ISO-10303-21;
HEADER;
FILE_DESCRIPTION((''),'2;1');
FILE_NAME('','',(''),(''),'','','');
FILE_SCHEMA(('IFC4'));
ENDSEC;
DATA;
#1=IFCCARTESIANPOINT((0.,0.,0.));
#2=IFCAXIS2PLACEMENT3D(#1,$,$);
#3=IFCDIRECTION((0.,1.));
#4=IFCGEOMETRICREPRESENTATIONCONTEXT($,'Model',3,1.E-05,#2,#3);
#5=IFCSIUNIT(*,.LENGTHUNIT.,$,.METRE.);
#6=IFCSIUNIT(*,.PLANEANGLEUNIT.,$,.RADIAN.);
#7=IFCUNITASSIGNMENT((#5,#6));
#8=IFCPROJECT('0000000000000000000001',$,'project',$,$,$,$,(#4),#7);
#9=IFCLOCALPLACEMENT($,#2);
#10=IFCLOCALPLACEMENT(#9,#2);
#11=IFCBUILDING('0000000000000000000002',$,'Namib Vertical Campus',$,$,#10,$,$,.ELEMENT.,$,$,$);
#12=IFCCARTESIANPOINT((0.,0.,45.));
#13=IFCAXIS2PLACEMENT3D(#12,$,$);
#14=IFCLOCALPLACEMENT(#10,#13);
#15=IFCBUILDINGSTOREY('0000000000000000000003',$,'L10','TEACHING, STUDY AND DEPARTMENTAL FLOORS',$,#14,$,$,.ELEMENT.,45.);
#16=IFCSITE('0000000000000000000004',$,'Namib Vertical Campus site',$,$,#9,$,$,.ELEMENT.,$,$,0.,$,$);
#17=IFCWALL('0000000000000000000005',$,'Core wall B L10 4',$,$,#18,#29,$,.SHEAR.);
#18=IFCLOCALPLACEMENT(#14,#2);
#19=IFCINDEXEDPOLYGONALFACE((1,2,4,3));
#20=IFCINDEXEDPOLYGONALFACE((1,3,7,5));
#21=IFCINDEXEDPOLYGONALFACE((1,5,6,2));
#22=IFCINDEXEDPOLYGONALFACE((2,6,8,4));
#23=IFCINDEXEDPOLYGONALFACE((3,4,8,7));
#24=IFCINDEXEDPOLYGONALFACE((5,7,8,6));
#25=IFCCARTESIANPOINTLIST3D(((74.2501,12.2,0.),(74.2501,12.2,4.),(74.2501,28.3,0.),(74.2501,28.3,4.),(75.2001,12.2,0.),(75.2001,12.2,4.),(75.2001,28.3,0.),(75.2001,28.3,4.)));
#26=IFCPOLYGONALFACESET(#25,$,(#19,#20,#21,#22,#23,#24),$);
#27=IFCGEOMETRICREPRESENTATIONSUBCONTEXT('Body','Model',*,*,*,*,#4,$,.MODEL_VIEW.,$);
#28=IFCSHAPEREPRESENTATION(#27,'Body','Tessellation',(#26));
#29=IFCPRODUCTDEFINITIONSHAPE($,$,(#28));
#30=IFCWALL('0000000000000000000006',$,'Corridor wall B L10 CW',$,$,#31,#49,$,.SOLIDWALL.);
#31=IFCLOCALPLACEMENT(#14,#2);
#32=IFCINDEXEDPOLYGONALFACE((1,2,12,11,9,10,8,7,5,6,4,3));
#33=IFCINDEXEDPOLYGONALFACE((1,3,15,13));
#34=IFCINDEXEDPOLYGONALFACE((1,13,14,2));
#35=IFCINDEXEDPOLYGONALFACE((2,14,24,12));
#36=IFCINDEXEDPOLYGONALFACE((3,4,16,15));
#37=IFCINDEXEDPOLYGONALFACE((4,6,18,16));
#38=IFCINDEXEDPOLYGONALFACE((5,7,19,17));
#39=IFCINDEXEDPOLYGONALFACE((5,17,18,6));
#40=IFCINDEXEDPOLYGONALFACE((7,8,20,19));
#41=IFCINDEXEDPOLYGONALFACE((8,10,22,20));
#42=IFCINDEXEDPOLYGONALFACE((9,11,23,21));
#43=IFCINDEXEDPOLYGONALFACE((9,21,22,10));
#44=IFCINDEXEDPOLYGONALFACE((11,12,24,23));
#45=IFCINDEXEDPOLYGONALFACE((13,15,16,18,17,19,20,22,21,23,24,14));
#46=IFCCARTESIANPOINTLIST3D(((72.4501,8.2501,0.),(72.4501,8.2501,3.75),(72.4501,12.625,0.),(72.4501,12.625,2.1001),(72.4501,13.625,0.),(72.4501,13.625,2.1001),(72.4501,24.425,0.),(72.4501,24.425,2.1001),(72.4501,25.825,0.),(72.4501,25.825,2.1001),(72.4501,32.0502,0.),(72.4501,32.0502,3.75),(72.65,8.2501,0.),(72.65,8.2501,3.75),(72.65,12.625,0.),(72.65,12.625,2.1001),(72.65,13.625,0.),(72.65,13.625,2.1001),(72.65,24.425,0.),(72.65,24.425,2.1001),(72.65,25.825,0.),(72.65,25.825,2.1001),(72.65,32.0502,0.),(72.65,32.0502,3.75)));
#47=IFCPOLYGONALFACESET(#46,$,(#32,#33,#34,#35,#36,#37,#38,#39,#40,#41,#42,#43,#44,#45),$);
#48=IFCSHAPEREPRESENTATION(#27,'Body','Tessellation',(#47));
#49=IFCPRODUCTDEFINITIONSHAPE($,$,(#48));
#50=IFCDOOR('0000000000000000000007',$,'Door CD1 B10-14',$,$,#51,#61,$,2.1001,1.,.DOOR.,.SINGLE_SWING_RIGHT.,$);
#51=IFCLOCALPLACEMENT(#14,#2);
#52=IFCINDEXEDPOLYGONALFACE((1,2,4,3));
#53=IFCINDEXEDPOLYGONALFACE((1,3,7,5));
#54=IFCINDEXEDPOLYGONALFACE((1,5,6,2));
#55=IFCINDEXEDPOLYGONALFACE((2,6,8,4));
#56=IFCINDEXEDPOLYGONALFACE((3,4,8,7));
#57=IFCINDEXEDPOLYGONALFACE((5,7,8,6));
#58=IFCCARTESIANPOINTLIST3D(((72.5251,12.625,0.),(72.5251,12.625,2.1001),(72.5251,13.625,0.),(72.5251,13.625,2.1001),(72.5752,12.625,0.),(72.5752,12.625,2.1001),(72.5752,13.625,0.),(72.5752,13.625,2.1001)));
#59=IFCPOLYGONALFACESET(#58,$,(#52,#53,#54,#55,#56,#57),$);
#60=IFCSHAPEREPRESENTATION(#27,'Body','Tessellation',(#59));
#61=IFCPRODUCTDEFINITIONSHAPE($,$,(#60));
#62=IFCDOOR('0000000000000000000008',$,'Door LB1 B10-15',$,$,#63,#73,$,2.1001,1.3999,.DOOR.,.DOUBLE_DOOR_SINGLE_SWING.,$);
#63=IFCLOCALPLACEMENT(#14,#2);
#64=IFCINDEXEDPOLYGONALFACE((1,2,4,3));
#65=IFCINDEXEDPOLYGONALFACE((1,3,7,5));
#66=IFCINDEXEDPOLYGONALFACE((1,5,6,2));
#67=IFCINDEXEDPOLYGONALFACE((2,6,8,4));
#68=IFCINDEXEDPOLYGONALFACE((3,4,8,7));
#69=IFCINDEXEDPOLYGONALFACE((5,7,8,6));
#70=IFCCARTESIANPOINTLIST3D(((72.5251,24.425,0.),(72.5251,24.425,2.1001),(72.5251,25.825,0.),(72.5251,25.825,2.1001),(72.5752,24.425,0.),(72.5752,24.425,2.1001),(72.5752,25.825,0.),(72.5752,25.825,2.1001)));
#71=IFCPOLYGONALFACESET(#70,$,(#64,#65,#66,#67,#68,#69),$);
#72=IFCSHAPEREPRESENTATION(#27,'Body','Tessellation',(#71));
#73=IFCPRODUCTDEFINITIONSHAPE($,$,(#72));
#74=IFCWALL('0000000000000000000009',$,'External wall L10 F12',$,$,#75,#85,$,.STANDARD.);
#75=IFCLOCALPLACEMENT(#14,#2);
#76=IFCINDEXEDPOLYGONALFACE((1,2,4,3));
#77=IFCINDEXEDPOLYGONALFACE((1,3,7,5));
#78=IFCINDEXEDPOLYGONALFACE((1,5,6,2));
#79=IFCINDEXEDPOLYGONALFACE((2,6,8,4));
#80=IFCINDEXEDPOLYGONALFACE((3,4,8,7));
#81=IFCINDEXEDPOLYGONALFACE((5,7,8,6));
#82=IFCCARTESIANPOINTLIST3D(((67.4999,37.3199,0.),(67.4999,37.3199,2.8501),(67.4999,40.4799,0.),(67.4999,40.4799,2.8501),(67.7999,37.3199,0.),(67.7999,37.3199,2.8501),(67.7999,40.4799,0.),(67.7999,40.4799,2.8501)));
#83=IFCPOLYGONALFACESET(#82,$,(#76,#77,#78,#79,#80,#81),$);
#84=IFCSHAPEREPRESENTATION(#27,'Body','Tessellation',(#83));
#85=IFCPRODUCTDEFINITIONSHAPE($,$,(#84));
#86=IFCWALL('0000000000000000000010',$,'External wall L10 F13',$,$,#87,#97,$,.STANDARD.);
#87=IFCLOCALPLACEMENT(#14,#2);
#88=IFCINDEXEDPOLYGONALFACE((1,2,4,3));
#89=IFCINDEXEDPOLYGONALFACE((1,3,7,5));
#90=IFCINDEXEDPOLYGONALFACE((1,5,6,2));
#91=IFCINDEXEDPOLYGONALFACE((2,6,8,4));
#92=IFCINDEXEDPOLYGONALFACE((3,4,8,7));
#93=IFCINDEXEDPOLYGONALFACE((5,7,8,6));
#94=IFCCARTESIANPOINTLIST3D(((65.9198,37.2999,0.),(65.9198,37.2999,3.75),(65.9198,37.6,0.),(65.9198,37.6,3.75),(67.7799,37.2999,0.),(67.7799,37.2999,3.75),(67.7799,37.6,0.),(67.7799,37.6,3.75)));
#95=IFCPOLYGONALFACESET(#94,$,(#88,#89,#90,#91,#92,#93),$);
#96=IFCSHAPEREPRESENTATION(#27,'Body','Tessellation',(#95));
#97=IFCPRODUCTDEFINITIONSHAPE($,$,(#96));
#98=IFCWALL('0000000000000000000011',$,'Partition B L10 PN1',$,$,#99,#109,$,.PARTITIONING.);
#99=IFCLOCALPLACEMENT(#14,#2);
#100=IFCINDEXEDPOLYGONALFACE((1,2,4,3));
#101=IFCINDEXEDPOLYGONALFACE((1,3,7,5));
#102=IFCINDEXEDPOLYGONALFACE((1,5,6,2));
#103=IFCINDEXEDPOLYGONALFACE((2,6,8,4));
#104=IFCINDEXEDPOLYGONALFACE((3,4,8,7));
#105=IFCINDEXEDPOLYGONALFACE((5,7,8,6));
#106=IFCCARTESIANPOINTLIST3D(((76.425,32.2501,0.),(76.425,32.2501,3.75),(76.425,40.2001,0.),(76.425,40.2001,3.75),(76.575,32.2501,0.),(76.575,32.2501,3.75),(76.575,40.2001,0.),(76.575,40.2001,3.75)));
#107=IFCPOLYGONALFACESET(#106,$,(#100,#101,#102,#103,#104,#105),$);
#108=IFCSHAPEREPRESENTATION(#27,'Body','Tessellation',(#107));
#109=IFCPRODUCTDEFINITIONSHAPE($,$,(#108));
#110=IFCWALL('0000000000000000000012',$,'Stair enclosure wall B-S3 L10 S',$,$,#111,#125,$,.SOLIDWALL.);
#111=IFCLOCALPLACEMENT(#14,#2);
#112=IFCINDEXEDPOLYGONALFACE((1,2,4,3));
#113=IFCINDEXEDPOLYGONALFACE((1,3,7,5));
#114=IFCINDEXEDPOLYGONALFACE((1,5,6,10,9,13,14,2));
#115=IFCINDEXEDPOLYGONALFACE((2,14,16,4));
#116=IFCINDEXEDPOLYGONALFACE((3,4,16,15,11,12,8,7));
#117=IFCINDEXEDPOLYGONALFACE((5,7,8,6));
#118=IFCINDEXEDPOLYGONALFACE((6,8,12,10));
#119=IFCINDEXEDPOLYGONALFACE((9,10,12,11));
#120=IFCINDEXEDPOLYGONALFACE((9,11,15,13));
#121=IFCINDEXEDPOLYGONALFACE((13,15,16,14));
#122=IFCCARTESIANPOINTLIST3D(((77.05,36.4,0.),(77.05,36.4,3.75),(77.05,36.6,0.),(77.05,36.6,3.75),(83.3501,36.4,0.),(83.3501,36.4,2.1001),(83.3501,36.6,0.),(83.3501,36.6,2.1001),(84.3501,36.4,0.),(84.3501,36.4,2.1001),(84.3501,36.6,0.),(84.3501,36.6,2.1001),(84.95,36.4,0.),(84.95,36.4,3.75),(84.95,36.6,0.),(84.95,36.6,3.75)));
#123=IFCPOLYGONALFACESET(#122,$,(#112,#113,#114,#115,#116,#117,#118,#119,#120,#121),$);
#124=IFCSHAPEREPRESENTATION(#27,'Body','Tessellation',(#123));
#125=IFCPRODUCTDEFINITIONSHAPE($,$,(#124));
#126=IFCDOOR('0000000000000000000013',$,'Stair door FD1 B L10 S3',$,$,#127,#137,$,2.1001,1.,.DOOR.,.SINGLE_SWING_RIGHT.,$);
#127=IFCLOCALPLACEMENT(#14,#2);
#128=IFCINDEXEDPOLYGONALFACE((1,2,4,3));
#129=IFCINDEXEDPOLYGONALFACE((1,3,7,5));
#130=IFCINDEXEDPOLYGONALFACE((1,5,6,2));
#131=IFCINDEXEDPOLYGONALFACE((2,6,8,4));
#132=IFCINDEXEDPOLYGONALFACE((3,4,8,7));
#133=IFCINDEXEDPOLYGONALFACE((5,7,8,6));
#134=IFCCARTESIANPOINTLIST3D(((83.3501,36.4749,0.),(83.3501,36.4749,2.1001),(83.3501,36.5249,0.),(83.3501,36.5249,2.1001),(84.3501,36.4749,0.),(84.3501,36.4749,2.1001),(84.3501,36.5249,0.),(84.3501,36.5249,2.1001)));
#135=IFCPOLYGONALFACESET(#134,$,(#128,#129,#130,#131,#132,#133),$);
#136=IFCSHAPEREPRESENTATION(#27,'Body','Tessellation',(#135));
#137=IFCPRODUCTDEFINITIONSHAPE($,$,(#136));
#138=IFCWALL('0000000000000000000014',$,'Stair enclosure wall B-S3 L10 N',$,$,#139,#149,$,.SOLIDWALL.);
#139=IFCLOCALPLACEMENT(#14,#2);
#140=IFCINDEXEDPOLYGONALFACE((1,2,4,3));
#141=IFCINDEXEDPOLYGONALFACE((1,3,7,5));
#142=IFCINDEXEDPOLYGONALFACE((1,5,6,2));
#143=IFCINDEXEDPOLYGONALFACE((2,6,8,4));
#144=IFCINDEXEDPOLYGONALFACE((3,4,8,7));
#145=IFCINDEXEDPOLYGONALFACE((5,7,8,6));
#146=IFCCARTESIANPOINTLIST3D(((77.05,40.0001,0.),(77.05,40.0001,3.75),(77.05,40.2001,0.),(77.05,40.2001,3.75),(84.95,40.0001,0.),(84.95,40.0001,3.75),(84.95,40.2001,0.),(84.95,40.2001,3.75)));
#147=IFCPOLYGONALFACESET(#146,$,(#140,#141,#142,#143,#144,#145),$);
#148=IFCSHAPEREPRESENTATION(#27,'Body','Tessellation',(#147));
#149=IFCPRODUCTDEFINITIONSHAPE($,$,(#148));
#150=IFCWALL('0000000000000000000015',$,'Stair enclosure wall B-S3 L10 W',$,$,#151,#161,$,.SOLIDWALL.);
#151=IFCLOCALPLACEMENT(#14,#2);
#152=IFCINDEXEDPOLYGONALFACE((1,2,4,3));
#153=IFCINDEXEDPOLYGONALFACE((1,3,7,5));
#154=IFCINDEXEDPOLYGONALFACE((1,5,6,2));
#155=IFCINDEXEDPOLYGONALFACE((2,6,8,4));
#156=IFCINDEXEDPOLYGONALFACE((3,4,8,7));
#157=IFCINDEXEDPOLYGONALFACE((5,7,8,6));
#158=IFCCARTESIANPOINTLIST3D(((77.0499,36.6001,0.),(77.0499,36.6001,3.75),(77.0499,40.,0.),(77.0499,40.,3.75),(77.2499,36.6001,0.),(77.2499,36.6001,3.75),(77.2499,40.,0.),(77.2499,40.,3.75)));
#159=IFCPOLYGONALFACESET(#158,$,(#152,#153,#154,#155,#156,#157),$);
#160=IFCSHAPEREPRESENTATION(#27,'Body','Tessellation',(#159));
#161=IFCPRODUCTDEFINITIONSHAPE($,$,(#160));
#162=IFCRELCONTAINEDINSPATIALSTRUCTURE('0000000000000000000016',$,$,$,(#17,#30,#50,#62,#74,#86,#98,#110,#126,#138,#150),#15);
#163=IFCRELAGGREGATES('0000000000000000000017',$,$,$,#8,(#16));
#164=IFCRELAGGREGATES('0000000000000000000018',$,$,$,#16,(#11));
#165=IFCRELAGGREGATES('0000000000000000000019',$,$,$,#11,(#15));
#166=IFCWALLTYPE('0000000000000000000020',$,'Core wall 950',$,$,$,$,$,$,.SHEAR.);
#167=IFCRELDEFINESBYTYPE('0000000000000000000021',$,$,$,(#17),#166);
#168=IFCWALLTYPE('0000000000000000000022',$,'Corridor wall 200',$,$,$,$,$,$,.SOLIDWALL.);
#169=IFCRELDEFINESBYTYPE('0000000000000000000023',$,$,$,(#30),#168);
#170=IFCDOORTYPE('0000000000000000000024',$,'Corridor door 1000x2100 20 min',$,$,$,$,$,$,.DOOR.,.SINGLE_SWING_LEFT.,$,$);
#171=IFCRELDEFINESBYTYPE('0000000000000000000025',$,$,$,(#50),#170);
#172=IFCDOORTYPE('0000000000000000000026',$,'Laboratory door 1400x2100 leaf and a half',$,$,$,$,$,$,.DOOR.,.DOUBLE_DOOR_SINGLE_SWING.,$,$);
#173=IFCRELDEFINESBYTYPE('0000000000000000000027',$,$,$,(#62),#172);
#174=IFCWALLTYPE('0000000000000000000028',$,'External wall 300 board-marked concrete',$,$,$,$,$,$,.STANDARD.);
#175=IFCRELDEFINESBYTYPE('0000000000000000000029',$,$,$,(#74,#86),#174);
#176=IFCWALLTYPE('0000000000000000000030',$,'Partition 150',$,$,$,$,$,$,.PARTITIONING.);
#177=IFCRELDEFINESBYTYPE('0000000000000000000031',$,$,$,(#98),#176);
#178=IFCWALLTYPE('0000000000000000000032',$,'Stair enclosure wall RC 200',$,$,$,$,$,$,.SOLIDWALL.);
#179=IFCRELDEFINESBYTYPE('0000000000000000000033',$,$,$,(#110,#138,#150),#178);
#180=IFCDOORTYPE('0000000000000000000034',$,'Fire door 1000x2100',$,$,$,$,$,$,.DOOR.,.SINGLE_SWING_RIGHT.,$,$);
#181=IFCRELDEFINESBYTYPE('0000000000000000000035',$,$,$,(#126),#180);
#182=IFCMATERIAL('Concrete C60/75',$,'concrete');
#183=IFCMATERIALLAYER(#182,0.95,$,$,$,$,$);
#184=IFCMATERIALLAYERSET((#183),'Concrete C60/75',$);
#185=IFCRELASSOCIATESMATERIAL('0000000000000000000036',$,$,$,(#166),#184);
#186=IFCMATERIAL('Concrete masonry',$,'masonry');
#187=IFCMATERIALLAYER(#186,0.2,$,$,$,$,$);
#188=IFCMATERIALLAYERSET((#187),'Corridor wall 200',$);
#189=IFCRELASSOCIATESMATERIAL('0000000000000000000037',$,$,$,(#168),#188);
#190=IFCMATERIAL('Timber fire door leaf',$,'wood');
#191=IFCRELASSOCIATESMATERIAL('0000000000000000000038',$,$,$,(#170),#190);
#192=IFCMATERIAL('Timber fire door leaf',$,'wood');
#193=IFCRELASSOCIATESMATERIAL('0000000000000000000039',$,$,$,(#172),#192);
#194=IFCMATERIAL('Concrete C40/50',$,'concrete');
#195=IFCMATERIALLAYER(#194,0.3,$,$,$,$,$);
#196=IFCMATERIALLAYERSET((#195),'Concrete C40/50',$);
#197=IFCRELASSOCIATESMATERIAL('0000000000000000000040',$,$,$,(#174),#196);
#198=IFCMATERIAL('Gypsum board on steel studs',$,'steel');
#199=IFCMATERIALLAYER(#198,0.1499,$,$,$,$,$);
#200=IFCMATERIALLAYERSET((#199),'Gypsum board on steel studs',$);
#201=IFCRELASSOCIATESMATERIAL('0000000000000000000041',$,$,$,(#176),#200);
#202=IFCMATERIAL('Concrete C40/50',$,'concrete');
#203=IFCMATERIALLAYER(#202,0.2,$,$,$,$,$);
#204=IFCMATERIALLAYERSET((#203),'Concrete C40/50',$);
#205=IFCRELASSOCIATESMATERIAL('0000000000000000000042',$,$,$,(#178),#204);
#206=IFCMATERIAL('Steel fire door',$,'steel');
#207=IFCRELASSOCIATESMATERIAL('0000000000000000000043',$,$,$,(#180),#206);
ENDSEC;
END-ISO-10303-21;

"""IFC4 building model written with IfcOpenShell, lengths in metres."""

from ifc_helpers import new_model, si_unit, direction, frame, frame_2d, origin, place, context, subcontext, project, spatial, rectangle, extrude, material, layer, layer_set, type_object, element, fill, save


model = new_model("IFC4")

# Units and contexts
model_context = context("Model", 3, precision=1e-05, world=origin(), true_north=direction((0.0, 1.0)))
body_context = subcontext(model_context, "Body", "Model", "MODEL_VIEW")
ifc_project = project(units=[si_unit("LENGTHUNIT", "METRE"), si_unit("PLANEANGLEUNIT", "RADIAN")], contexts=[model_context])

# Site, building, storey
site_placement = place(None, origin())
site = spatial("IfcSite", under=ifc_project, at=site_placement, Name="Namib Vertical Campus site", CompositionType="ELEMENT", RefElevation=0.0)
building_placement = place(site_placement, origin())
building = spatial("IfcBuilding", under=site, at=building_placement, Name="Namib Vertical Campus", CompositionType="ELEMENT")
storey_placement = place(building_placement, frame((0.0, 0.0, 45.0)))
storey = spatial("IfcBuildingStorey", under=building, at=storey_placement, Name="L10", Description="TEACHING, STUDY AND DEPARTMENTAL FLOORS", CompositionType="ELEMENT", Elevation=45.0)

# Wall
ifc_material_1 = material(Name="Concrete C60/75", Category="concrete")
ifc_layer_1 = layer(ifc_material_1, 0.95)
ifc_layer_set_1 = layer_set([ifc_layer_1], Name="Concrete C60/75")
wall_type_1 = type_object("IfcWallType", Name="Core wall 950", PredefinedType="SHEAR", material=ifc_layer_set_1)
wall_1_placement = place(storey_placement, frame((74.7251, 28.3, 0.0), z_axis=(0.0, 0.0, 1.0), x_axis=(0.0, -1.0, 0.0)))
element("IfcWall", 1, at=wall_1_placement, inside=storey, type_object=wall_type_1, Name="Core wall B L10 4", PredefinedType="SHEAR", context=body_context, shape_type="SweptSolid", body=[
    extrude(rectangle(XDim=16.1001, YDim=0.95, at=frame_2d((8.05, 0.0))), origin(), (0.0, 0.0, 1.0), 4.0),
])

# Wall, openings, doors
ifc_material_2 = material(Name="Concrete masonry", Category="masonry")
ifc_layer_2 = layer(ifc_material_2, 0.2)
ifc_layer_set_2 = layer_set([ifc_layer_2], Name="Corridor wall 200")
wall_type_2 = type_object("IfcWallType", Name="Corridor wall 200", PredefinedType="SOLIDWALL", material=ifc_layer_set_2)
wall_2_placement = place(storey_placement, frame((72.55, 32.05, 0.0), z_axis=(0.0, 0.0, 1.0), x_axis=(0.0, -1.0, 0.0)))
wall_2 = element("IfcWall", 2, at=wall_2_placement, inside=storey, type_object=wall_type_2, Name="Corridor wall B L10 CW", PredefinedType="SOLIDWALL", context=body_context, shape_type="SweptSolid", body=[
    extrude(rectangle(XDim=23.8, YDim=0.2, at=frame_2d((11.8999, 0.0))), origin(), (0.0, 0.0, 1.0), 3.75),
])
opening_1_placement = place(wall_2_placement, frame((18.425, 0.0, 0.0)))
opening_1 = element("IfcOpeningElement", 3, at=opening_1_placement, cuts=wall_2, PredefinedType="OPENING", context=body_context, shape_type="SweptSolid", body=[
    extrude(rectangle(XDim=1.0, YDim=2.1001, at=frame_2d((0.5, 1.05))), frame((0.0, 0.1099, 0.0), z_axis=(0.0, -1.0, 0.0), x_axis=(1.0, 0.0, 0.0)), (0.0, 0.0, 1.0), 0.22),
])
opening_2_placement = place(wall_2_placement, frame((6.2251, 0.0, 0.0)))
opening_2 = element("IfcOpeningElement", 4, at=opening_2_placement, cuts=wall_2, PredefinedType="OPENING", context=body_context, shape_type="SweptSolid", body=[
    extrude(rectangle(XDim=1.3999, YDim=2.1001, at=frame_2d((0.7, 1.05))), frame((0.0, 0.1099, 0.0), z_axis=(0.0, -1.0, 0.0), x_axis=(1.0, 0.0, 0.0)), (0.0, 0.0, 1.0), 0.22),
])
ifc_material_3 = material(Name="Timber fire door leaf", Category="wood")
door_type_1 = type_object("IfcDoorType", Name="Corridor door 1000x2100 20 min", OperationType="SINGLE_SWING_LEFT", PredefinedType="DOOR", material=ifc_material_3)
door_1_placement = place(opening_1_placement, frame((1.0, 0.0, 0.0), z_axis=(0.0, 0.0, 1.0), x_axis=(-1.0, 0.0, 0.0)))
door_1 = element("IfcDoor", 5, at=door_1_placement, inside=storey, type_object=door_type_1, Name="Door CD1 B10-14", OperationType="SINGLE_SWING_RIGHT", OverallHeight=2.1001, OverallWidth=1.0, PredefinedType="DOOR", context=body_context, shape_type="SweptSolid", body=[
    extrude(rectangle(XDim=1.0, YDim=2.1001, at=frame_2d((0.5, 1.05))), frame((0.0, 0.0249, 0.0), z_axis=(0.0, -1.0, 0.0), x_axis=(1.0, 0.0, 0.0)), (0.0, 0.0, 1.0), 0.05),
])
fill(opening_1, door_1)
ifc_material_4 = material(Name="Timber fire door leaf", Category="wood")
door_type_2 = type_object("IfcDoorType", Name="Laboratory door 1400x2100 leaf and a half", OperationType="DOUBLE_DOOR_SINGLE_SWING", PredefinedType="DOOR", material=ifc_material_4)
door_2_placement = place(opening_2_placement, frame((1.3999, 0.0, 0.0), z_axis=(0.0, 0.0, 1.0), x_axis=(-1.0, 0.0, 0.0)))
door_2 = element("IfcDoor", 6, at=door_2_placement, inside=storey, type_object=door_type_2, Name="Door LB1 B10-15", OperationType="DOUBLE_DOOR_SINGLE_SWING", OverallHeight=2.1001, OverallWidth=1.3999, PredefinedType="DOOR", context=body_context, shape_type="SweptSolid", body=[
    extrude(rectangle(XDim=1.3999, YDim=2.1001, at=frame_2d((0.7, 1.05))), frame((0.0, 0.0249, 0.0), z_axis=(0.0, -1.0, 0.0), x_axis=(1.0, 0.0, 0.0)), (0.0, 0.0, 1.0), 0.05),
])
fill(opening_2, door_2)

# Walls
ifc_material_5 = material(Name="Concrete C40/50", Category="concrete")
ifc_layer_3 = layer(ifc_material_5, 0.3)
ifc_layer_set_3 = layer_set([ifc_layer_3], Name="Concrete C40/50")
wall_type_3 = type_object("IfcWallType", Name="External wall 300 board-marked concrete", PredefinedType="STANDARD", material=ifc_layer_set_3)
wall_3_placement = place(storey_placement, frame((67.6499, 40.48, 0.0), z_axis=(0.0, 0.0, 1.0), x_axis=(0.0, -1.0, 0.0)))
element("IfcWall", 7, at=wall_3_placement, inside=storey, type_object=wall_type_3, Name="External wall L10 F12", PredefinedType="STANDARD", context=body_context, shape_type="SweptSolid", body=[
    extrude(rectangle(XDim=3.1599, YDim=0.3, at=frame_2d((1.5801, 0.0))), origin(), (0.0, 0.0, 1.0), 2.8501),
])
wall_4_placement = place(storey_placement, frame((67.78, 37.45, 0.0), z_axis=(0.0, 0.0, 1.0), x_axis=(-1.0, 0.0, 0.0)))
element("IfcWall", 8, at=wall_4_placement, inside=storey, type_object=wall_type_3, Name="External wall L10 F13", PredefinedType="STANDARD", context=body_context, shape_type="SweptSolid", body=[
    extrude(rectangle(XDim=1.8601, YDim=0.3, at=frame_2d((0.9302, 0.0))), origin(), (0.0, 0.0, 1.0), 3.75),
])
ifc_material_6 = material(Name="Gypsum board on steel studs", Category="steel")
ifc_layer_4 = layer(ifc_material_6, 0.1499)
ifc_layer_set_4 = layer_set([ifc_layer_4], Name="Gypsum board on steel studs")
wall_type_4 = type_object("IfcWallType", Name="Partition 150", PredefinedType="PARTITIONING", material=ifc_layer_set_4)
wall_5_placement = place(storey_placement, frame((76.5, 32.25, 0.0), z_axis=(0.0, 0.0, 1.0), x_axis=(0.0, 1.0, 0.0)))
element("IfcWall", 9, at=wall_5_placement, inside=storey, type_object=wall_type_4, Name="Partition B L10 PN1", PredefinedType="PARTITIONING", context=body_context, shape_type="SweptSolid", body=[
    extrude(rectangle(XDim=7.95, YDim=0.1499, at=frame_2d((3.9751, 0.0))), origin(), (0.0, 0.0, 1.0), 3.75),
])

# Wall, opening, door
ifc_material_7 = material(Name="Concrete C40/50", Category="concrete")
ifc_layer_5 = layer(ifc_material_7, 0.2)
ifc_layer_set_5 = layer_set([ifc_layer_5], Name="Concrete C40/50")
wall_type_5 = type_object("IfcWallType", Name="Stair enclosure wall RC 200", PredefinedType="SOLIDWALL", material=ifc_layer_set_5)
wall_6_placement = place(storey_placement, frame((77.05, 36.5, 0.0), z_axis=(0.0, 0.0, 1.0), x_axis=(1.0, 0.0, 0.0)))
wall_6 = element("IfcWall", 10, at=wall_6_placement, inside=storey, type_object=wall_type_5, Name="Stair enclosure wall B-S3 L10 S", PredefinedType="SOLIDWALL", context=body_context, shape_type="SweptSolid", body=[
    extrude(rectangle(XDim=7.8999, YDim=0.2, at=frame_2d((3.95, 0.0))), origin(), (0.0, 0.0, 1.0), 3.75),
])
opening_3_placement = place(wall_6_placement, frame((6.3, 0.0, 0.0)))
opening_3 = element("IfcOpeningElement", 11, at=opening_3_placement, cuts=wall_6, PredefinedType="OPENING", context=body_context, shape_type="SweptSolid", body=[
    extrude(rectangle(XDim=1.0, YDim=2.1001, at=frame_2d((0.5, 1.05))), frame((0.0, 0.1099, 0.0), z_axis=(0.0, -1.0, 0.0), x_axis=(1.0, 0.0, 0.0)), (0.0, 0.0, 1.0), 0.22),
])
ifc_material_8 = material(Name="Steel fire door", Category="steel")
door_type_3 = type_object("IfcDoorType", Name="Fire door 1000x2100", OperationType="SINGLE_SWING_RIGHT", PredefinedType="DOOR", material=ifc_material_8)
door_3_placement = place(opening_3_placement, origin())
door_3 = element("IfcDoor", 12, at=door_3_placement, inside=storey, type_object=door_type_3, Name="Stair door FD1 B L10 S3", OperationType="SINGLE_SWING_RIGHT", OverallHeight=2.1001, OverallWidth=1.0, PredefinedType="DOOR", context=body_context, shape_type="SweptSolid", body=[
    extrude(rectangle(XDim=1.0, YDim=2.1001, at=frame_2d((0.5, 1.05))), frame((0.0, 0.0249, 0.0), z_axis=(0.0, -1.0, 0.0), x_axis=(1.0, 0.0, 0.0)), (0.0, 0.0, 1.0), 0.05),
])
fill(opening_3, door_3)

# Walls
wall_7_placement = place(storey_placement, frame((77.05, 40.1001, 0.0), z_axis=(0.0, 0.0, 1.0), x_axis=(1.0, 0.0, 0.0)))
element("IfcWall", 13, at=wall_7_placement, inside=storey, type_object=wall_type_5, Name="Stair enclosure wall B-S3 L10 N", PredefinedType="SOLIDWALL", context=body_context, shape_type="SweptSolid", body=[
    extrude(rectangle(XDim=7.8999, YDim=0.2, at=frame_2d((3.95, 0.0))), origin(), (0.0, 0.0, 1.0), 3.75),
])
wall_8_placement = place(storey_placement, frame((77.1499, 36.6001, 0.0), z_axis=(0.0, 0.0, 1.0), x_axis=(0.0, 1.0, 0.0)))
element("IfcWall", 14, at=wall_8_placement, inside=storey, type_object=wall_type_5, Name="Stair enclosure wall B-S3 L10 W", PredefinedType="SOLIDWALL", context=body_context, shape_type="SweptSolid", body=[
    extrude(rectangle(XDim=3.3999, YDim=0.2, at=frame_2d((1.7, 0.0))), origin(), (0.0, 0.0, 1.0), 3.75),
])

save(model, "model.ifc")
